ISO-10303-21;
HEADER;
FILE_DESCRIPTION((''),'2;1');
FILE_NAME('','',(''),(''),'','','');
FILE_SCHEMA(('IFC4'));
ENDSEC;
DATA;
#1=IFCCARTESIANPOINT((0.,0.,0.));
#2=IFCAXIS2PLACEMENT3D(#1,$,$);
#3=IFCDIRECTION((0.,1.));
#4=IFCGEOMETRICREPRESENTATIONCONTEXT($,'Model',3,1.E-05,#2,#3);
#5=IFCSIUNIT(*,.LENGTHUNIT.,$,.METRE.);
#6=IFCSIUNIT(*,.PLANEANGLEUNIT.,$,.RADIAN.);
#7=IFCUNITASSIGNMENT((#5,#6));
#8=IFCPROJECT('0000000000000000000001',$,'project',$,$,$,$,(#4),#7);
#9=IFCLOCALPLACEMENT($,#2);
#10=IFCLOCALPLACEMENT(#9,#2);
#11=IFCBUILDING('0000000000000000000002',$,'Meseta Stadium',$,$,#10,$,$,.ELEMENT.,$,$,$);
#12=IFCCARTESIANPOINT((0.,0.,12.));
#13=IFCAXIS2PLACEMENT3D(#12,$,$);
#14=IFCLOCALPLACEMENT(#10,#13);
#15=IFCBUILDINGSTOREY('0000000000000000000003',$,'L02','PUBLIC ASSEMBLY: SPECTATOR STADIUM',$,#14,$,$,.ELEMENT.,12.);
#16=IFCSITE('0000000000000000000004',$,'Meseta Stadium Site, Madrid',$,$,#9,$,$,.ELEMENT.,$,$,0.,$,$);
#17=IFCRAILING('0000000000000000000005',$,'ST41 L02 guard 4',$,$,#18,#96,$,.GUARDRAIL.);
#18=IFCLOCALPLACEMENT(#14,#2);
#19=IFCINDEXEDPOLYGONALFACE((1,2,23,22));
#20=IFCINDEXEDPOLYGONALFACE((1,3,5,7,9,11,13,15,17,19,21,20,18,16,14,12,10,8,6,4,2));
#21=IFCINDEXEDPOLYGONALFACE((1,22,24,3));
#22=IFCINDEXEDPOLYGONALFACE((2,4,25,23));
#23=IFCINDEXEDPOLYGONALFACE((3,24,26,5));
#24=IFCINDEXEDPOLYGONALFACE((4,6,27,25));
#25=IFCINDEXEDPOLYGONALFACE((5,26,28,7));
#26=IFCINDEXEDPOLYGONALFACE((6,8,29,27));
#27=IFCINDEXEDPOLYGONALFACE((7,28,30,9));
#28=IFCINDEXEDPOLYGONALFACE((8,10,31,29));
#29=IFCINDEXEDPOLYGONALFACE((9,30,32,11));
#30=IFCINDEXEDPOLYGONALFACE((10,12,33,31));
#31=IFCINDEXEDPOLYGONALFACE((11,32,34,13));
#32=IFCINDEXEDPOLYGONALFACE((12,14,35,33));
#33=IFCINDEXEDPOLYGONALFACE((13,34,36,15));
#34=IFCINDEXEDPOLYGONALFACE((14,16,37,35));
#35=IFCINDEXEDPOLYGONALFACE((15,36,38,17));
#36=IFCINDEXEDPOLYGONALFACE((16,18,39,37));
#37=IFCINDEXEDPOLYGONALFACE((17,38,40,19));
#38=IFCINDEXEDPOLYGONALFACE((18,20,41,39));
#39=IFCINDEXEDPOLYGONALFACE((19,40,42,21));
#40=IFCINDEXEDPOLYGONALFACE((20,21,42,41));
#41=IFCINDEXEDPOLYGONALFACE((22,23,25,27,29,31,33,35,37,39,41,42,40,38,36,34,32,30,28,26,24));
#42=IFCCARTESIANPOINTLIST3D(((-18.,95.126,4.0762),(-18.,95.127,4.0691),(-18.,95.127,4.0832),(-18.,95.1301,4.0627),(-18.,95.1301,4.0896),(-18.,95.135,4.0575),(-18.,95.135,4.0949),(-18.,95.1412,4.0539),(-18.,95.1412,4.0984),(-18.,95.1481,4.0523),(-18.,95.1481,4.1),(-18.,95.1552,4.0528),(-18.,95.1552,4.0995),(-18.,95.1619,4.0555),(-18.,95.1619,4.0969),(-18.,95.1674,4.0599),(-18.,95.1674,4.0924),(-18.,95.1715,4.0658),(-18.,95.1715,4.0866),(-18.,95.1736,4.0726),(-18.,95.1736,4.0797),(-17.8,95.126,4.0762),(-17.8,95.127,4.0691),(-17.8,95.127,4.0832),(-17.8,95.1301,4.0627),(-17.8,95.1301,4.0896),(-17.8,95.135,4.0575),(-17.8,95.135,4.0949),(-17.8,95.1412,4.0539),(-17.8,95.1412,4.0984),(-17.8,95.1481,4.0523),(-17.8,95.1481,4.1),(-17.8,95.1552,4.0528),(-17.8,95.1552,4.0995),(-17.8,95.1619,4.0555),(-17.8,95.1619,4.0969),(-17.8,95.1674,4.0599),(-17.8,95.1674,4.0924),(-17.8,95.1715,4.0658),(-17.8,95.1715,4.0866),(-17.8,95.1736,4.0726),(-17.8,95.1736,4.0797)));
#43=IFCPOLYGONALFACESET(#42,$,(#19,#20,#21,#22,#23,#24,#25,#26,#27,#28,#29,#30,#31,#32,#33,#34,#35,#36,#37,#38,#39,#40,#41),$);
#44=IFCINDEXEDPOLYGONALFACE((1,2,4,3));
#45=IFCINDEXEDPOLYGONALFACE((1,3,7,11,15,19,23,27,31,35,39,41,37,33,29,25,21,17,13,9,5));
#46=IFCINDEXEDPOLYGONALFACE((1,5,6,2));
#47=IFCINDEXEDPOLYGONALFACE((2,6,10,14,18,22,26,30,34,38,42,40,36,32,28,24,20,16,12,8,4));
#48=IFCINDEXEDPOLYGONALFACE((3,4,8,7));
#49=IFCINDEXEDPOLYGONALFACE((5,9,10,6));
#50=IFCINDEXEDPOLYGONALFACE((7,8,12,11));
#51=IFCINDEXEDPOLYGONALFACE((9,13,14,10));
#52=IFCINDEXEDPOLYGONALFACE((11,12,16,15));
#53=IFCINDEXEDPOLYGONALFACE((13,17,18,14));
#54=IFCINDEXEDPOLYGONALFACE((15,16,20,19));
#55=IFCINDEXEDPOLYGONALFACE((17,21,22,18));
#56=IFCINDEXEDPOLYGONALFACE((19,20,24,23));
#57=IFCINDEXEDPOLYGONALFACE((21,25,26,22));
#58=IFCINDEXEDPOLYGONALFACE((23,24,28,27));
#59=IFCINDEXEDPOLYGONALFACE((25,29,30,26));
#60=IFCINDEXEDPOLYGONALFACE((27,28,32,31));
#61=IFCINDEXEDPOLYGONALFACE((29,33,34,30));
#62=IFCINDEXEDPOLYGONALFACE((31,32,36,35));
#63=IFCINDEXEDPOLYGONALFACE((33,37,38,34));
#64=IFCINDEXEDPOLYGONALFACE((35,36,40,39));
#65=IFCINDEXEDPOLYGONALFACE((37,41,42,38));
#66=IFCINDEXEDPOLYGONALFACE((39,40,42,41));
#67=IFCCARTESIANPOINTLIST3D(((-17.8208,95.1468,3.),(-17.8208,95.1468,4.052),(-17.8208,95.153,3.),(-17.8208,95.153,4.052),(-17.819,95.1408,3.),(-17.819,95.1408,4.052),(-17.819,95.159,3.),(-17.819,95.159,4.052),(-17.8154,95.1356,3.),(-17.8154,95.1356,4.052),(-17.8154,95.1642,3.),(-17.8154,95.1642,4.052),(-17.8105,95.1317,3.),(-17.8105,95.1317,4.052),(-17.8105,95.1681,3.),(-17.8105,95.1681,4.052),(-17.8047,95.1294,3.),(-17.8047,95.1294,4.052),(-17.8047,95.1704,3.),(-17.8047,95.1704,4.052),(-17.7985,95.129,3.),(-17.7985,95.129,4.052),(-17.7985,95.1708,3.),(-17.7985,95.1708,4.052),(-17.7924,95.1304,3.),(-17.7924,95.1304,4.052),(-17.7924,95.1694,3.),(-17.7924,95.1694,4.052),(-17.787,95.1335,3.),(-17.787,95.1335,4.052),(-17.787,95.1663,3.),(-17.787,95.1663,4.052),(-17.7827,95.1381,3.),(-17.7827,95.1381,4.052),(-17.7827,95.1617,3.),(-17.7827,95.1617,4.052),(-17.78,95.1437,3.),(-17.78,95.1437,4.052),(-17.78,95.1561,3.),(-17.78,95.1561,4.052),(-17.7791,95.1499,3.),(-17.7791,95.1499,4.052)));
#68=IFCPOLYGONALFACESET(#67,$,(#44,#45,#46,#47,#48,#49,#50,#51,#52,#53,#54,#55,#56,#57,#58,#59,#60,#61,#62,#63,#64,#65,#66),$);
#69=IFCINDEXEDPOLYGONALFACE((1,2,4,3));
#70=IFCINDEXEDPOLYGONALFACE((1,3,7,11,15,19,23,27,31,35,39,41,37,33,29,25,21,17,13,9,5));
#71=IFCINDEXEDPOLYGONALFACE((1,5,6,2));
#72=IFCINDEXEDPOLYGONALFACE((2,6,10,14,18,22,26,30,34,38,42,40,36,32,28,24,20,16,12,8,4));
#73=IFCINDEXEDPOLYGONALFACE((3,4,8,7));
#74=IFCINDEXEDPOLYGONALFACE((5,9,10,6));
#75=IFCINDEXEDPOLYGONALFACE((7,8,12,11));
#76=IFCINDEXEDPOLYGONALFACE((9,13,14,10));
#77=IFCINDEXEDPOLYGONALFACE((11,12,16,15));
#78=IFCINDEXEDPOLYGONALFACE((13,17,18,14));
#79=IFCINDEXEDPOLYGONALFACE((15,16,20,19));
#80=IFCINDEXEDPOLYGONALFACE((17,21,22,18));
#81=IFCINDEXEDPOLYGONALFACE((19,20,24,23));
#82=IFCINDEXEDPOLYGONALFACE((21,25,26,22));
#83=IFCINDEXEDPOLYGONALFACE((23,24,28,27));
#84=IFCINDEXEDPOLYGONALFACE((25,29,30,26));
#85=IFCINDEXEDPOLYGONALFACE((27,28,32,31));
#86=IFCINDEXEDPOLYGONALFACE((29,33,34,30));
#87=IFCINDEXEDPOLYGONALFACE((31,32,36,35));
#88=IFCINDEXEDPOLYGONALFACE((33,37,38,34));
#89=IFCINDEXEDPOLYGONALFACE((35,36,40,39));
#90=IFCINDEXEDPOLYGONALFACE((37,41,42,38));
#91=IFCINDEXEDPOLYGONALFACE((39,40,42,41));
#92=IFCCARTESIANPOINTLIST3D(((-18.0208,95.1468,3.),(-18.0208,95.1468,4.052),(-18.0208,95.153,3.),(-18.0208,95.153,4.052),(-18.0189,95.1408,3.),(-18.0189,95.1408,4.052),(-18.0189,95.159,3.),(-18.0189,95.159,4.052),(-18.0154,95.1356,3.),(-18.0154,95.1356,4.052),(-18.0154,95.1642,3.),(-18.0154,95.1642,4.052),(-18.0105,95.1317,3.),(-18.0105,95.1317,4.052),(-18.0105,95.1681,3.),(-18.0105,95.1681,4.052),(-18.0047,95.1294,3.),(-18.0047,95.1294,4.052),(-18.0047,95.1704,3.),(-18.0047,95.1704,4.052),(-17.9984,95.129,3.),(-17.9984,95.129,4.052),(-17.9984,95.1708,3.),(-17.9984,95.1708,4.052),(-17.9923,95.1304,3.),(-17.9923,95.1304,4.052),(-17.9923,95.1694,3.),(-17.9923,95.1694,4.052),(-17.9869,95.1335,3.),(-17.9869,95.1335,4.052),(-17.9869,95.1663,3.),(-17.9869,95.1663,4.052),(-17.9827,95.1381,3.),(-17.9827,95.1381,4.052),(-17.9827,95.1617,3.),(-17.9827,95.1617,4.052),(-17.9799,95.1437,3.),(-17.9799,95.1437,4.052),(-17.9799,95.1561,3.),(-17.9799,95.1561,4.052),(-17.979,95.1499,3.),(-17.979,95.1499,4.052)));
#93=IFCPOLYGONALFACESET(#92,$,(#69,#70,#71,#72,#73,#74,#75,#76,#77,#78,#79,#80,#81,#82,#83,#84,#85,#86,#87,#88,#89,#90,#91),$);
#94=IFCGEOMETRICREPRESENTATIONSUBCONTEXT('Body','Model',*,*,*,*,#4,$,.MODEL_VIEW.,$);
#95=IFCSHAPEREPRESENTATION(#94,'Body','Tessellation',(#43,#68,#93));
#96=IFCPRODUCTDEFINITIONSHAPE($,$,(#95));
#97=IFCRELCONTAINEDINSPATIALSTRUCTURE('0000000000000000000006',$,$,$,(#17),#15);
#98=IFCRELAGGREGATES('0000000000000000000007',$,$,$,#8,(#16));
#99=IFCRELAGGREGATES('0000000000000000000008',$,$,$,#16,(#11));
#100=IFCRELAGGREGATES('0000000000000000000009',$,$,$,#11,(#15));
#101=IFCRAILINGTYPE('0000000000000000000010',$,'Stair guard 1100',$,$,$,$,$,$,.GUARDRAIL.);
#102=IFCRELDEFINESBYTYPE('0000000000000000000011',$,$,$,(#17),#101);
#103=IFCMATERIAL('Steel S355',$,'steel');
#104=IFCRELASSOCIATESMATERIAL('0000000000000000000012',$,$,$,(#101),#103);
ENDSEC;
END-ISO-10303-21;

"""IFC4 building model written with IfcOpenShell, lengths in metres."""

from ifc_helpers import new_model, si_unit, direction, frame, origin, origin_2d, place, context, subcontext, project, spatial, circle, extrude, material, type_object, element, save


model = new_model("IFC4")

# Units and contexts
model_context = context("Model", 3, precision=1e-05, world=origin(), true_north=direction((0.0, 1.0)))
body_context = subcontext(model_context, "Body", "Model", "MODEL_VIEW")
ifc_project = project(units=[si_unit("LENGTHUNIT", "METRE"), si_unit("PLANEANGLEUNIT", "RADIAN")], contexts=[model_context])

# Site, building, storey
site_placement = place(None, origin())
site = spatial("IfcSite", under=ifc_project, at=site_placement, Name="Meseta Stadium Site, Madrid", CompositionType="ELEMENT", RefElevation=0.0)
building_placement = place(site_placement, origin())
building = spatial("IfcBuilding", under=site, at=building_placement, Name="Meseta Stadium", CompositionType="ELEMENT")
storey_placement = place(building_placement, frame((0.0, 0.0, 12.0)))
storey = spatial("IfcBuildingStorey", under=building, at=storey_placement, Name="L02", Description="PUBLIC ASSEMBLY: SPECTATOR STADIUM", CompositionType="ELEMENT", Elevation=12.0)

# Railing
ifc_material_1 = material(Name="Steel S355", Category="steel")
railing_type_1 = type_object("IfcRailingType", Name="Stair guard 1100", PredefinedType="GUARDRAIL", material=ifc_material_1)
railing_1_placement = place(storey_placement, frame((-17.8, 95.1499, 3.0)))
element("IfcRailing", 1, at=railing_1_placement, inside=storey, type_object=railing_type_1, Name="ST41 L02 guard 4", PredefinedType="GUARDRAIL", context=body_context, shape_type="SweptSolid", body=[
    extrude(circle(Radius=0.0239, at=origin_2d()), frame((0.0, 0.0, 1.0762), z_axis=(-1.0, 0.0, 0.0), x_axis=(0.0, -1.0, 0.0)), (0.0, 0.0, 1.0), 0.2),
    extrude(circle(Radius=0.021, at=origin_2d()), origin(), (0.0, 0.0, 1.0), 1.052),
    extrude(circle(Radius=0.021, at=origin_2d()), frame((-0.2, 0.0, 0.0)), (0.0, 0.0, 1.0), 1.052),
])

save(model, "model.ifc")
